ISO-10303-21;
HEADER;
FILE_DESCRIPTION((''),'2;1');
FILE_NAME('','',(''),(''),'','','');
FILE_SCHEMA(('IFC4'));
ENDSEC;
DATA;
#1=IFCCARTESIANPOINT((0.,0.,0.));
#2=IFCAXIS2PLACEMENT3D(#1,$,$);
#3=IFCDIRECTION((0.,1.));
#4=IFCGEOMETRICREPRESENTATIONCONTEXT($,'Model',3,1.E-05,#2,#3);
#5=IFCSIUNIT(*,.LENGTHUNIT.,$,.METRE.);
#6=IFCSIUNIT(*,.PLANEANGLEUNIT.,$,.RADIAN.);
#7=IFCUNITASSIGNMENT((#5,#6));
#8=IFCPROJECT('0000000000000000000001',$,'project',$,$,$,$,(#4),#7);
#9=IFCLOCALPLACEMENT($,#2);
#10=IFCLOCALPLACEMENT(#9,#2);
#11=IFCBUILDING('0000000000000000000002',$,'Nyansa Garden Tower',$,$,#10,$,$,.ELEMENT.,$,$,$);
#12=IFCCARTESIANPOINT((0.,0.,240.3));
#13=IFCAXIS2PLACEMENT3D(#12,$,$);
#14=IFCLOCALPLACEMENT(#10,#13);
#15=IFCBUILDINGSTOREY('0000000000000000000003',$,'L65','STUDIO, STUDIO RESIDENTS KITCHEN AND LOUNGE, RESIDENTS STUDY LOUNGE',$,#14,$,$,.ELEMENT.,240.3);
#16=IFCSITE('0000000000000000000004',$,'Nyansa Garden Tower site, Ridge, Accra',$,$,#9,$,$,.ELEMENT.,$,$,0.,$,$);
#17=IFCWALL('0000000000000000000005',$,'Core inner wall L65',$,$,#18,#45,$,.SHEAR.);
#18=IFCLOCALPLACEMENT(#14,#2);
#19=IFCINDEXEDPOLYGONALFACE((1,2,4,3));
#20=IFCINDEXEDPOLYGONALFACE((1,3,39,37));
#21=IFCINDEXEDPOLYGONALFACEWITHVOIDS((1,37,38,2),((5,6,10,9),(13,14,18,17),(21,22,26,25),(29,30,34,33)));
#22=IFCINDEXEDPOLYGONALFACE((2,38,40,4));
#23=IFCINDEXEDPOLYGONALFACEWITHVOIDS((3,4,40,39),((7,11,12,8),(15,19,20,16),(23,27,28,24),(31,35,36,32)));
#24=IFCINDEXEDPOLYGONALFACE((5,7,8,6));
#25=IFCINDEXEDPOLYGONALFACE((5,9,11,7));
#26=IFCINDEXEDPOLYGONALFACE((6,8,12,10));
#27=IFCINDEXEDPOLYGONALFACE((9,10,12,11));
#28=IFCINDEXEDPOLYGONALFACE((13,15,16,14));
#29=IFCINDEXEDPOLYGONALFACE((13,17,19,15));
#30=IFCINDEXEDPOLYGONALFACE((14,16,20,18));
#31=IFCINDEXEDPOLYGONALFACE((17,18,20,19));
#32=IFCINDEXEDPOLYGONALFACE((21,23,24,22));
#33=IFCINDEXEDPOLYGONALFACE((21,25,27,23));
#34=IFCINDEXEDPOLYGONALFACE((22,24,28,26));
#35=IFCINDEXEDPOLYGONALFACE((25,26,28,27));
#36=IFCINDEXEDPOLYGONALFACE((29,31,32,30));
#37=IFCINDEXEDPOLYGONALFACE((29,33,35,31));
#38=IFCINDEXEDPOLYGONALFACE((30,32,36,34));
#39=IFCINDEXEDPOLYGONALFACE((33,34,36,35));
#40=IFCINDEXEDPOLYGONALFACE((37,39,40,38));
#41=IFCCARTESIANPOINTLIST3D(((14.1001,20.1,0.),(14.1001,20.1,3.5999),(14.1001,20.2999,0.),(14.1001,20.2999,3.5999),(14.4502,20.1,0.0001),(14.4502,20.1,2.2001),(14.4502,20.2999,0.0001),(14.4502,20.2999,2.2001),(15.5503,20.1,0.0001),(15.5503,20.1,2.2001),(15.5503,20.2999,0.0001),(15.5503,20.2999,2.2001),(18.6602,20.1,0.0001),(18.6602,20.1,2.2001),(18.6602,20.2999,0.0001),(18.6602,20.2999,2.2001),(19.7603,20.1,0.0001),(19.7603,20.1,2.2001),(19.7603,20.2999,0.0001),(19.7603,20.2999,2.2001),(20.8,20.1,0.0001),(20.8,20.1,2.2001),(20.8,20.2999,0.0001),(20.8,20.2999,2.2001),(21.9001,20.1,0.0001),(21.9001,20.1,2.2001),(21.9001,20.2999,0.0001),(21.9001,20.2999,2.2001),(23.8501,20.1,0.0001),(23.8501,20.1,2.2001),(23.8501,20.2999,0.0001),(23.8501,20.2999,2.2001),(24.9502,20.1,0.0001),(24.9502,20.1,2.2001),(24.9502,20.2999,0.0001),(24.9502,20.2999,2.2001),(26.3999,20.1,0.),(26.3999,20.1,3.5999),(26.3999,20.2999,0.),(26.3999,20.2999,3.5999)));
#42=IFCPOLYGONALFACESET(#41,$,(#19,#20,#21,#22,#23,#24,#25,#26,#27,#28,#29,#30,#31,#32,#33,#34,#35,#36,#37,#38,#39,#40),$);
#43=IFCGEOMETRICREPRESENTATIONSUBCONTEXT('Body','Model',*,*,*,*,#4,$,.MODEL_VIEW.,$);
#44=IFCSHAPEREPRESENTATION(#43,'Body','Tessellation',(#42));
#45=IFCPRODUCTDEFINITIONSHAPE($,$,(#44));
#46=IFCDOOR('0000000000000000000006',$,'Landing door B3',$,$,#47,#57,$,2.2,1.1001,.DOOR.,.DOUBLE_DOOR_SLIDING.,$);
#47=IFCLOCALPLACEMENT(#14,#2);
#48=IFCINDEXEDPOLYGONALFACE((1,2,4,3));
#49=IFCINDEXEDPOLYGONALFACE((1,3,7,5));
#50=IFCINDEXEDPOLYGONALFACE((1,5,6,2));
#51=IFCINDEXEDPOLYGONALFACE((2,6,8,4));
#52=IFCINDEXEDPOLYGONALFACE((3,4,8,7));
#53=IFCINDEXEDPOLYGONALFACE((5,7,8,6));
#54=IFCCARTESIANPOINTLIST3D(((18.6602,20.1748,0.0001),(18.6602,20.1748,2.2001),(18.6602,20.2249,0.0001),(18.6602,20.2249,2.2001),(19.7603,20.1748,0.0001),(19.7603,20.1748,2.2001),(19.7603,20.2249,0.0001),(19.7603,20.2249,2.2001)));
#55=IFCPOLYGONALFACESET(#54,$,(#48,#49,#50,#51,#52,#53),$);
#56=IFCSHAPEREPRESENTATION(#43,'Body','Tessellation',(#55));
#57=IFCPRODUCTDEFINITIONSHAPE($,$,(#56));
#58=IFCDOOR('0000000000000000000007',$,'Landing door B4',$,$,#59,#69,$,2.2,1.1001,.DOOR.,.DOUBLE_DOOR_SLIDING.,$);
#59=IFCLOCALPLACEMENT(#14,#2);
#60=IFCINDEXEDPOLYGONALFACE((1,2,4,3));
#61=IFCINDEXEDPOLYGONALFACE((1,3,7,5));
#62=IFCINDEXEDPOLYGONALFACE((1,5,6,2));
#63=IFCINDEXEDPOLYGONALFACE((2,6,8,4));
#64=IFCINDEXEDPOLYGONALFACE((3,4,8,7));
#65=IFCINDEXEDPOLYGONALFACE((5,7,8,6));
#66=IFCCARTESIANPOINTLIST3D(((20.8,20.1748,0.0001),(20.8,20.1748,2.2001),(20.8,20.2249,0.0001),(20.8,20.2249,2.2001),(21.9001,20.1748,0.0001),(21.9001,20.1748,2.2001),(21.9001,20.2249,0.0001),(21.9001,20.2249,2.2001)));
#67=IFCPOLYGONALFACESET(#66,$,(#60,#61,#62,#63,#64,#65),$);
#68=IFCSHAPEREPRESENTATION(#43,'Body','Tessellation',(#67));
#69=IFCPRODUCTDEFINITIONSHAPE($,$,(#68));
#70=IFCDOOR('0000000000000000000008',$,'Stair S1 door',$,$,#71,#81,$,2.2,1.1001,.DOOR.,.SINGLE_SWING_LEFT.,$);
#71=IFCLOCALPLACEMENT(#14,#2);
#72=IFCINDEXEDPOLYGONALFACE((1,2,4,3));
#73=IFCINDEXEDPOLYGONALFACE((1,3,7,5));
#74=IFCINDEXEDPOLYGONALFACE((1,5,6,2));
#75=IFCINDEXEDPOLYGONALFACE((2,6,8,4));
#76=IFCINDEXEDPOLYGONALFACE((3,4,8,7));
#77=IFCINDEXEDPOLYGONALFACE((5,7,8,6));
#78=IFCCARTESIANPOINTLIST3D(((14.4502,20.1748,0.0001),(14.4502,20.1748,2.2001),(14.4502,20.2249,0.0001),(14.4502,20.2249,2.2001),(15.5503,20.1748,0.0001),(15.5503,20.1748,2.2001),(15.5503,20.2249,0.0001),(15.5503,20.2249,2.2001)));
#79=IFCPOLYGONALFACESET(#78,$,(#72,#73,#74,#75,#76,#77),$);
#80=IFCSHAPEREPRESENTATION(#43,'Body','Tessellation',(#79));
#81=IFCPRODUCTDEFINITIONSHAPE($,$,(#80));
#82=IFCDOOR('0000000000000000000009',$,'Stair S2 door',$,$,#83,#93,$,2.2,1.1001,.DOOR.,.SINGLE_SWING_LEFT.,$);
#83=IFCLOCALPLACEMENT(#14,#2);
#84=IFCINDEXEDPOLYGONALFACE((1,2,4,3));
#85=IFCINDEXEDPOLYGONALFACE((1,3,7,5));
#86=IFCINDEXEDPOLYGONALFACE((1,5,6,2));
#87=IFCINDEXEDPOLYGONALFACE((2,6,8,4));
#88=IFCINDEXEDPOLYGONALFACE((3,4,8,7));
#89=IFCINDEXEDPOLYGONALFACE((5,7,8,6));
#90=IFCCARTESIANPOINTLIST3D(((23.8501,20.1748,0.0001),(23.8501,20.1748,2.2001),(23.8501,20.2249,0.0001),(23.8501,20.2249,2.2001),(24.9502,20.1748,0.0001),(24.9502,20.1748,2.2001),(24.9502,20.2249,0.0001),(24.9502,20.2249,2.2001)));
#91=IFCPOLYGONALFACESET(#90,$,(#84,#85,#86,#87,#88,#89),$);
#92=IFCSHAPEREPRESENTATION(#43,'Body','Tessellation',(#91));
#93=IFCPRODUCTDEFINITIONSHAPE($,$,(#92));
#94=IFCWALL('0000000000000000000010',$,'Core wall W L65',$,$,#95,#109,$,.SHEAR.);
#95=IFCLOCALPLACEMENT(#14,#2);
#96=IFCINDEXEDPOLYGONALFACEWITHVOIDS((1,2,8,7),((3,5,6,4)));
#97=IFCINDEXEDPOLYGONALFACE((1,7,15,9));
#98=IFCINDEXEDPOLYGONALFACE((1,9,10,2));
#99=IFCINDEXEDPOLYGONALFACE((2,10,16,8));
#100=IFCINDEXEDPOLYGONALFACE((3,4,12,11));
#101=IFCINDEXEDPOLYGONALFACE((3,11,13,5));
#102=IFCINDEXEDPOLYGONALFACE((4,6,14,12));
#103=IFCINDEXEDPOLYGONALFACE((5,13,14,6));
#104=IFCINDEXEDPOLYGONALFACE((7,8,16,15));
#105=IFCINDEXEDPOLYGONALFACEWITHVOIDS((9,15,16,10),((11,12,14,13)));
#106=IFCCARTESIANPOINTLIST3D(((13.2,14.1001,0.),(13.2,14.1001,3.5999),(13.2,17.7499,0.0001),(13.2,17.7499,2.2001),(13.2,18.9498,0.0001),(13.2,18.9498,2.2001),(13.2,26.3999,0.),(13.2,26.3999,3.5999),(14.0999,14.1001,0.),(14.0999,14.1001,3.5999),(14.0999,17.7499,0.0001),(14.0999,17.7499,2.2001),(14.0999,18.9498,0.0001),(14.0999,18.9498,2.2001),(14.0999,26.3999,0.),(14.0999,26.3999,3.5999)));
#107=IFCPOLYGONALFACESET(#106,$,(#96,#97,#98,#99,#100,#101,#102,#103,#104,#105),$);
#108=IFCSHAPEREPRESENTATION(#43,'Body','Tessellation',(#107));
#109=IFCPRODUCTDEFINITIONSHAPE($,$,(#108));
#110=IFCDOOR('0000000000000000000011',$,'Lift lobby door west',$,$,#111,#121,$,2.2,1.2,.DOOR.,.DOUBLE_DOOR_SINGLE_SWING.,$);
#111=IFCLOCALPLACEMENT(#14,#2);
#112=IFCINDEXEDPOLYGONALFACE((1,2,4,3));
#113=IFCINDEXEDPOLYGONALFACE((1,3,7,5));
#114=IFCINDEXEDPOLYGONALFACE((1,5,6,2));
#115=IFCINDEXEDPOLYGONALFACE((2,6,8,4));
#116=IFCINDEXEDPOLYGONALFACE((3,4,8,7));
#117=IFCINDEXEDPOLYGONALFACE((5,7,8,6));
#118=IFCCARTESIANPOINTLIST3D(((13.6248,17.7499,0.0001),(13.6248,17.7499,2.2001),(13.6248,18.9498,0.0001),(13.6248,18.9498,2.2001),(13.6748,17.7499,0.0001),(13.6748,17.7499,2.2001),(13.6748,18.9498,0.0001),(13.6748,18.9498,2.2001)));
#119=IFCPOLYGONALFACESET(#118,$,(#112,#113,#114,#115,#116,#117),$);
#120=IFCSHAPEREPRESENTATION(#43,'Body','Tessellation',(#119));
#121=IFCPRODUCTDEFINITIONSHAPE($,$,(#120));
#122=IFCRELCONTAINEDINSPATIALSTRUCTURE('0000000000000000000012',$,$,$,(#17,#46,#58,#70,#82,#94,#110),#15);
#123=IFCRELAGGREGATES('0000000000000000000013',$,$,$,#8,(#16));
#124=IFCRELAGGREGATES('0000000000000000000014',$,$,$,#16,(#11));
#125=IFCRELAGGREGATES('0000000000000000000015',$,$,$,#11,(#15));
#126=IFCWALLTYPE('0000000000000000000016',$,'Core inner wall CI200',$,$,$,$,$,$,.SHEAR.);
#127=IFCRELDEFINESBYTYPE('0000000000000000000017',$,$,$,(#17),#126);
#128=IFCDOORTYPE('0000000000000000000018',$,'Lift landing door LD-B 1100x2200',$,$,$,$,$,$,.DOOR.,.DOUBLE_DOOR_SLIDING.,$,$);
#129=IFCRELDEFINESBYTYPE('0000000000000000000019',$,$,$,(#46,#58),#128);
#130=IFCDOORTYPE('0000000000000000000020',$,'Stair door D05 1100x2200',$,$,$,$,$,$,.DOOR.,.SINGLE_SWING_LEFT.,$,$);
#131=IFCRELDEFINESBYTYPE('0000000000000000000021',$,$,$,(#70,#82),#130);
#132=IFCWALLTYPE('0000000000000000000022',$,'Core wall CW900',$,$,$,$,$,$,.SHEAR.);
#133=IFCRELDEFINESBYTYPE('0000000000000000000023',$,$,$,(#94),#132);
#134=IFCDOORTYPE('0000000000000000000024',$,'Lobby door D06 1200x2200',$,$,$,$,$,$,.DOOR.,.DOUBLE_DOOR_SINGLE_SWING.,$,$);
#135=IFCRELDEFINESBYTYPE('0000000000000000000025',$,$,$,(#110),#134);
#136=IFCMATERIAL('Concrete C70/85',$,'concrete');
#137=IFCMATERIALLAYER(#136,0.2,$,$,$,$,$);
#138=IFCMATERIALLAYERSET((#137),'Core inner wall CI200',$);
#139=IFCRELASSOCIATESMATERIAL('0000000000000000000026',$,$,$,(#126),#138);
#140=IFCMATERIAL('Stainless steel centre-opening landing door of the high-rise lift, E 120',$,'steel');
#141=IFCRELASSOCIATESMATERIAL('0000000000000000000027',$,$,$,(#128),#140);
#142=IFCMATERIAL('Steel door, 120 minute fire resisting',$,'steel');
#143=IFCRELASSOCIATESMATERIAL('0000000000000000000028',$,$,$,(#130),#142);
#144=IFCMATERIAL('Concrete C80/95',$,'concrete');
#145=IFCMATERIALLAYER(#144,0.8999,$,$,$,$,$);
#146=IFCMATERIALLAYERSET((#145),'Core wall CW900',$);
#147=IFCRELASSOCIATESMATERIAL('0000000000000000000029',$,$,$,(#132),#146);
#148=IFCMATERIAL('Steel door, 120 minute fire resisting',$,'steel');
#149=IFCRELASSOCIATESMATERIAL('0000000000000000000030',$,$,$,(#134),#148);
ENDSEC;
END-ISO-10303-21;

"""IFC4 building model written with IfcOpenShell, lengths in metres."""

from ifc_helpers import new_model, si_unit, direction, frame, frame_2d, origin, place, context, subcontext, project, spatial, rectangle, extrude, material, layer, layer_set, type_object, element, fill, save


model = new_model("IFC4")

# Units and contexts
model_context = context("Model", 3, precision=1e-05, world=origin(), true_north=direction((0.0, 1.0)))
body_context = subcontext(model_context, "Body", "Model", "MODEL_VIEW")
ifc_project = project(units=[si_unit("LENGTHUNIT", "METRE"), si_unit("PLANEANGLEUNIT", "RADIAN")], contexts=[model_context])

# Site, building, storey
site_placement = place(None, origin())
site = spatial("IfcSite", under=ifc_project, at=site_placement, Name="Nyansa Garden Tower site, Ridge, Accra", CompositionType="ELEMENT", RefElevation=0.0)
building_placement = place(site_placement, origin())
building = spatial("IfcBuilding", under=site, at=building_placement, Name="Nyansa Garden Tower", CompositionType="ELEMENT")
storey_placement = place(building_placement, frame((0.0, 0.0, 240.3)))
storey = spatial("IfcBuildingStorey", under=building, at=storey_placement, Name="L65", Description="STUDIO, STUDIO RESIDENTS KITCHEN AND LOUNGE, RESIDENTS STUDY LOUNGE", CompositionType="ELEMENT", Elevation=240.3)

# Wall, openings, doors
ifc_material_1 = material(Name="Concrete C70/85", Category="concrete")
ifc_layer_1 = layer(ifc_material_1, 0.2)
ifc_layer_set_1 = layer_set([ifc_layer_1], Name="Core inner wall CI200")
wall_type_1 = type_object("IfcWallType", Name="Core inner wall CI200", PredefinedType="SHEAR", material=ifc_layer_set_1)
wall_1_placement = place(storey_placement, frame((14.1001, 20.2, 0.0), z_axis=(0.0, 0.0, 1.0), x_axis=(1.0, 0.0, 0.0)))
wall_1 = element("IfcWall", 1, at=wall_1_placement, inside=storey, type_object=wall_type_1, Name="Core inner wall L65", PredefinedType="SHEAR", context=body_context, shape_type="SweptSolid", body=[
    extrude(rectangle(XDim=12.2998, YDim=0.2, at=frame_2d((6.1499, 0.0))), origin(), (0.0, 0.0, 1.0), 3.5999),
])
opening_1_placement = place(wall_1_placement, frame((4.5601, 0.0, 0.0)))
opening_1 = element("IfcOpeningElement", 2, at=opening_1_placement, cuts=wall_1, PredefinedType="OPENING", context=body_context, shape_type="SweptSolid", body=[
    extrude(rectangle(XDim=1.1001, YDim=2.2, at=frame_2d((0.55, 1.1001))), frame((0.0, 0.1099, 0.0), z_axis=(0.0, -1.0, 0.0), x_axis=(1.0, 0.0, 0.0)), (0.0, 0.0, 1.0), 0.22),
])
opening_2_placement = place(wall_1_placement, frame((6.7, 0.0, 0.0)))
opening_2 = element("IfcOpeningElement", 3, at=opening_2_placement, cuts=wall_1, PredefinedType="OPENING", context=body_context, shape_type="SweptSolid", body=[
    extrude(rectangle(XDim=1.1001, YDim=2.2, at=frame_2d((0.55, 1.1001))), frame((0.0, 0.1099, 0.0), z_axis=(0.0, -1.0, 0.0), x_axis=(1.0, 0.0, 0.0)), (0.0, 0.0, 1.0), 0.22),
])
opening_3_placement = place(wall_1_placement, frame((0.3501, 0.0, 0.0)))
opening_3 = element("IfcOpeningElement", 4, at=opening_3_placement, cuts=wall_1, PredefinedType="OPENING", context=body_context, shape_type="SweptSolid", body=[
    extrude(rectangle(XDim=1.1001, YDim=2.2, at=frame_2d((0.55, 1.1001))), frame((0.0, 0.1099, 0.0), z_axis=(0.0, -1.0, 0.0), x_axis=(1.0, 0.0, 0.0)), (0.0, 0.0, 1.0), 0.22),
])
opening_4_placement = place(wall_1_placement, frame((9.75, 0.0, 0.0)))
opening_4 = element("IfcOpeningElement", 5, at=opening_4_placement, cuts=wall_1, PredefinedType="OPENING", context=body_context, shape_type="SweptSolid", body=[
    extrude(rectangle(XDim=1.1001, YDim=2.2, at=frame_2d((0.55, 1.1001))), frame((0.0, 0.1099, 0.0), z_axis=(0.0, -1.0, 0.0), x_axis=(1.0, 0.0, 0.0)), (0.0, 0.0, 1.0), 0.22),
])
ifc_material_2 = material(Name="Stainless steel centre-opening landing door of the high-rise lift, E 120", Category="steel")
door_type_1 = type_object("IfcDoorType", Name="Lift landing door LD-B 1100x2200", OperationType="DOUBLE_DOOR_SLIDING", PredefinedType="DOOR", material=ifc_material_2)
door_1_placement = place(opening_1_placement, origin())
door_1 = element("IfcDoor", 6, at=door_1_placement, inside=storey, type_object=door_type_1, Name="Landing door B3", OperationType="DOUBLE_DOOR_SLIDING", OverallHeight=2.2, OverallWidth=1.1001, PredefinedType="DOOR", context=body_context, shape_type="SweptSolid", body=[
    extrude(rectangle(XDim=1.1001, YDim=2.2, at=frame_2d((0.55, 1.1001))), frame((0.0, 0.0249, 0.0), z_axis=(0.0, -1.0, 0.0), x_axis=(1.0, 0.0, 0.0)), (0.0, 0.0, 1.0), 0.05),
])
fill(opening_1, door_1)
door_2_placement = place(opening_2_placement, origin())
door_2 = element("IfcDoor", 7, at=door_2_placement, inside=storey, type_object=door_type_1, Name="Landing door B4", OperationType="DOUBLE_DOOR_SLIDING", OverallHeight=2.2, OverallWidth=1.1001, PredefinedType="DOOR", context=body_context, shape_type="SweptSolid", body=[
    extrude(rectangle(XDim=1.1001, YDim=2.2, at=frame_2d((0.55, 1.1001))), frame((0.0, 0.0249, 0.0), z_axis=(0.0, -1.0, 0.0), x_axis=(1.0, 0.0, 0.0)), (0.0, 0.0, 1.0), 0.05),
])
fill(opening_2, door_2)
ifc_material_3 = material(Name="Steel door, 120 minute fire resisting", Category="steel")
door_type_2 = type_object("IfcDoorType", Name="Stair door D05 1100x2200", OperationType="SINGLE_SWING_LEFT", PredefinedType="DOOR", material=ifc_material_3)
door_3_placement = place(opening_3_placement, origin())
door_3 = element("IfcDoor", 8, at=door_3_placement, inside=storey, type_object=door_type_2, Name="Stair S1 door", OperationType="SINGLE_SWING_LEFT", OverallHeight=2.2, OverallWidth=1.1001, PredefinedType="DOOR", context=body_context, shape_type="SweptSolid", body=[
    extrude(rectangle(XDim=1.1001, YDim=2.2, at=frame_2d((0.55, 1.1001))), frame((0.0, 0.0249, 0.0), z_axis=(0.0, -1.0, 0.0), x_axis=(1.0, 0.0, 0.0)), (0.0, 0.0, 1.0), 0.05),
])
fill(opening_3, door_3)
door_4_placement = place(opening_4_placement, origin())
door_4 = element("IfcDoor", 9, at=door_4_placement, inside=storey, type_object=door_type_2, Name="Stair S2 door", OperationType="SINGLE_SWING_LEFT", OverallHeight=2.2, OverallWidth=1.1001, PredefinedType="DOOR", context=body_context, shape_type="SweptSolid", body=[
    extrude(rectangle(XDim=1.1001, YDim=2.2, at=frame_2d((0.55, 1.1001))), frame((0.0, 0.0249, 0.0), z_axis=(0.0, -1.0, 0.0), x_axis=(1.0, 0.0, 0.0)), (0.0, 0.0, 1.0), 0.05),
])
fill(opening_4, door_4)

# Wall, opening, door
ifc_material_4 = material(Name="Concrete C80/95", Category="concrete")
ifc_layer_2 = layer(ifc_material_4, 0.8999)
ifc_layer_set_2 = layer_set([ifc_layer_2], Name="Core wall CW900")
wall_type_2 = type_object("IfcWallType", Name="Core wall CW900", PredefinedType="SHEAR", material=ifc_layer_set_2)
wall_2_placement = place(storey_placement, frame((13.6499, 26.3999, 0.0), z_axis=(0.0, 0.0, 1.0), x_axis=(0.0, -1.0, 0.0)))
wall_2 = element("IfcWall", 10, at=wall_2_placement, inside=storey, type_object=wall_type_2, Name="Core wall W L65", PredefinedType="SHEAR", context=body_context, shape_type="SweptSolid", body=[
    extrude(rectangle(XDim=12.2998, YDim=0.8999, at=frame_2d((6.1499, 0.0))), origin(), (0.0, 0.0, 1.0), 3.5999),
])
opening_5_placement = place(wall_2_placement, frame((7.45, 0.0, 0.0)))
opening_5 = element("IfcOpeningElement", 11, at=opening_5_placement, cuts=wall_2, PredefinedType="OPENING", context=body_context, shape_type="SweptSolid", body=[
    extrude(rectangle(XDim=1.2, YDim=2.2, at=frame_2d((0.6001, 1.1001))), frame((0.0, 0.46, 0.0), z_axis=(0.0, -1.0, 0.0), x_axis=(1.0, 0.0, 0.0)), (0.0, 0.0, 1.0), 0.9199),
])
ifc_material_5 = material(Name="Steel door, 120 minute fire resisting", Category="steel")
door_type_3 = type_object("IfcDoorType", Name="Lobby door D06 1200x2200", OperationType="DOUBLE_DOOR_SINGLE_SWING", PredefinedType="DOOR", material=ifc_material_5)
door_5_placement = place(opening_5_placement, origin())
door_5 = element("IfcDoor", 12, at=door_5_placement, inside=storey, type_object=door_type_3, Name="Lift lobby door west", OperationType="DOUBLE_DOOR_SINGLE_SWING", OverallHeight=2.2, OverallWidth=1.2, PredefinedType="DOOR", context=body_context, shape_type="SweptSolid", body=[
    extrude(rectangle(XDim=1.2, YDim=2.2, at=frame_2d((0.6001, 1.1001))), frame((0.0, 0.0249, 0.0), z_axis=(0.0, -1.0, 0.0), x_axis=(1.0, 0.0, 0.0)), (0.0, 0.0, 1.0), 0.05),
])
fill(opening_5, door_5)

save(model, "model.ifc")
